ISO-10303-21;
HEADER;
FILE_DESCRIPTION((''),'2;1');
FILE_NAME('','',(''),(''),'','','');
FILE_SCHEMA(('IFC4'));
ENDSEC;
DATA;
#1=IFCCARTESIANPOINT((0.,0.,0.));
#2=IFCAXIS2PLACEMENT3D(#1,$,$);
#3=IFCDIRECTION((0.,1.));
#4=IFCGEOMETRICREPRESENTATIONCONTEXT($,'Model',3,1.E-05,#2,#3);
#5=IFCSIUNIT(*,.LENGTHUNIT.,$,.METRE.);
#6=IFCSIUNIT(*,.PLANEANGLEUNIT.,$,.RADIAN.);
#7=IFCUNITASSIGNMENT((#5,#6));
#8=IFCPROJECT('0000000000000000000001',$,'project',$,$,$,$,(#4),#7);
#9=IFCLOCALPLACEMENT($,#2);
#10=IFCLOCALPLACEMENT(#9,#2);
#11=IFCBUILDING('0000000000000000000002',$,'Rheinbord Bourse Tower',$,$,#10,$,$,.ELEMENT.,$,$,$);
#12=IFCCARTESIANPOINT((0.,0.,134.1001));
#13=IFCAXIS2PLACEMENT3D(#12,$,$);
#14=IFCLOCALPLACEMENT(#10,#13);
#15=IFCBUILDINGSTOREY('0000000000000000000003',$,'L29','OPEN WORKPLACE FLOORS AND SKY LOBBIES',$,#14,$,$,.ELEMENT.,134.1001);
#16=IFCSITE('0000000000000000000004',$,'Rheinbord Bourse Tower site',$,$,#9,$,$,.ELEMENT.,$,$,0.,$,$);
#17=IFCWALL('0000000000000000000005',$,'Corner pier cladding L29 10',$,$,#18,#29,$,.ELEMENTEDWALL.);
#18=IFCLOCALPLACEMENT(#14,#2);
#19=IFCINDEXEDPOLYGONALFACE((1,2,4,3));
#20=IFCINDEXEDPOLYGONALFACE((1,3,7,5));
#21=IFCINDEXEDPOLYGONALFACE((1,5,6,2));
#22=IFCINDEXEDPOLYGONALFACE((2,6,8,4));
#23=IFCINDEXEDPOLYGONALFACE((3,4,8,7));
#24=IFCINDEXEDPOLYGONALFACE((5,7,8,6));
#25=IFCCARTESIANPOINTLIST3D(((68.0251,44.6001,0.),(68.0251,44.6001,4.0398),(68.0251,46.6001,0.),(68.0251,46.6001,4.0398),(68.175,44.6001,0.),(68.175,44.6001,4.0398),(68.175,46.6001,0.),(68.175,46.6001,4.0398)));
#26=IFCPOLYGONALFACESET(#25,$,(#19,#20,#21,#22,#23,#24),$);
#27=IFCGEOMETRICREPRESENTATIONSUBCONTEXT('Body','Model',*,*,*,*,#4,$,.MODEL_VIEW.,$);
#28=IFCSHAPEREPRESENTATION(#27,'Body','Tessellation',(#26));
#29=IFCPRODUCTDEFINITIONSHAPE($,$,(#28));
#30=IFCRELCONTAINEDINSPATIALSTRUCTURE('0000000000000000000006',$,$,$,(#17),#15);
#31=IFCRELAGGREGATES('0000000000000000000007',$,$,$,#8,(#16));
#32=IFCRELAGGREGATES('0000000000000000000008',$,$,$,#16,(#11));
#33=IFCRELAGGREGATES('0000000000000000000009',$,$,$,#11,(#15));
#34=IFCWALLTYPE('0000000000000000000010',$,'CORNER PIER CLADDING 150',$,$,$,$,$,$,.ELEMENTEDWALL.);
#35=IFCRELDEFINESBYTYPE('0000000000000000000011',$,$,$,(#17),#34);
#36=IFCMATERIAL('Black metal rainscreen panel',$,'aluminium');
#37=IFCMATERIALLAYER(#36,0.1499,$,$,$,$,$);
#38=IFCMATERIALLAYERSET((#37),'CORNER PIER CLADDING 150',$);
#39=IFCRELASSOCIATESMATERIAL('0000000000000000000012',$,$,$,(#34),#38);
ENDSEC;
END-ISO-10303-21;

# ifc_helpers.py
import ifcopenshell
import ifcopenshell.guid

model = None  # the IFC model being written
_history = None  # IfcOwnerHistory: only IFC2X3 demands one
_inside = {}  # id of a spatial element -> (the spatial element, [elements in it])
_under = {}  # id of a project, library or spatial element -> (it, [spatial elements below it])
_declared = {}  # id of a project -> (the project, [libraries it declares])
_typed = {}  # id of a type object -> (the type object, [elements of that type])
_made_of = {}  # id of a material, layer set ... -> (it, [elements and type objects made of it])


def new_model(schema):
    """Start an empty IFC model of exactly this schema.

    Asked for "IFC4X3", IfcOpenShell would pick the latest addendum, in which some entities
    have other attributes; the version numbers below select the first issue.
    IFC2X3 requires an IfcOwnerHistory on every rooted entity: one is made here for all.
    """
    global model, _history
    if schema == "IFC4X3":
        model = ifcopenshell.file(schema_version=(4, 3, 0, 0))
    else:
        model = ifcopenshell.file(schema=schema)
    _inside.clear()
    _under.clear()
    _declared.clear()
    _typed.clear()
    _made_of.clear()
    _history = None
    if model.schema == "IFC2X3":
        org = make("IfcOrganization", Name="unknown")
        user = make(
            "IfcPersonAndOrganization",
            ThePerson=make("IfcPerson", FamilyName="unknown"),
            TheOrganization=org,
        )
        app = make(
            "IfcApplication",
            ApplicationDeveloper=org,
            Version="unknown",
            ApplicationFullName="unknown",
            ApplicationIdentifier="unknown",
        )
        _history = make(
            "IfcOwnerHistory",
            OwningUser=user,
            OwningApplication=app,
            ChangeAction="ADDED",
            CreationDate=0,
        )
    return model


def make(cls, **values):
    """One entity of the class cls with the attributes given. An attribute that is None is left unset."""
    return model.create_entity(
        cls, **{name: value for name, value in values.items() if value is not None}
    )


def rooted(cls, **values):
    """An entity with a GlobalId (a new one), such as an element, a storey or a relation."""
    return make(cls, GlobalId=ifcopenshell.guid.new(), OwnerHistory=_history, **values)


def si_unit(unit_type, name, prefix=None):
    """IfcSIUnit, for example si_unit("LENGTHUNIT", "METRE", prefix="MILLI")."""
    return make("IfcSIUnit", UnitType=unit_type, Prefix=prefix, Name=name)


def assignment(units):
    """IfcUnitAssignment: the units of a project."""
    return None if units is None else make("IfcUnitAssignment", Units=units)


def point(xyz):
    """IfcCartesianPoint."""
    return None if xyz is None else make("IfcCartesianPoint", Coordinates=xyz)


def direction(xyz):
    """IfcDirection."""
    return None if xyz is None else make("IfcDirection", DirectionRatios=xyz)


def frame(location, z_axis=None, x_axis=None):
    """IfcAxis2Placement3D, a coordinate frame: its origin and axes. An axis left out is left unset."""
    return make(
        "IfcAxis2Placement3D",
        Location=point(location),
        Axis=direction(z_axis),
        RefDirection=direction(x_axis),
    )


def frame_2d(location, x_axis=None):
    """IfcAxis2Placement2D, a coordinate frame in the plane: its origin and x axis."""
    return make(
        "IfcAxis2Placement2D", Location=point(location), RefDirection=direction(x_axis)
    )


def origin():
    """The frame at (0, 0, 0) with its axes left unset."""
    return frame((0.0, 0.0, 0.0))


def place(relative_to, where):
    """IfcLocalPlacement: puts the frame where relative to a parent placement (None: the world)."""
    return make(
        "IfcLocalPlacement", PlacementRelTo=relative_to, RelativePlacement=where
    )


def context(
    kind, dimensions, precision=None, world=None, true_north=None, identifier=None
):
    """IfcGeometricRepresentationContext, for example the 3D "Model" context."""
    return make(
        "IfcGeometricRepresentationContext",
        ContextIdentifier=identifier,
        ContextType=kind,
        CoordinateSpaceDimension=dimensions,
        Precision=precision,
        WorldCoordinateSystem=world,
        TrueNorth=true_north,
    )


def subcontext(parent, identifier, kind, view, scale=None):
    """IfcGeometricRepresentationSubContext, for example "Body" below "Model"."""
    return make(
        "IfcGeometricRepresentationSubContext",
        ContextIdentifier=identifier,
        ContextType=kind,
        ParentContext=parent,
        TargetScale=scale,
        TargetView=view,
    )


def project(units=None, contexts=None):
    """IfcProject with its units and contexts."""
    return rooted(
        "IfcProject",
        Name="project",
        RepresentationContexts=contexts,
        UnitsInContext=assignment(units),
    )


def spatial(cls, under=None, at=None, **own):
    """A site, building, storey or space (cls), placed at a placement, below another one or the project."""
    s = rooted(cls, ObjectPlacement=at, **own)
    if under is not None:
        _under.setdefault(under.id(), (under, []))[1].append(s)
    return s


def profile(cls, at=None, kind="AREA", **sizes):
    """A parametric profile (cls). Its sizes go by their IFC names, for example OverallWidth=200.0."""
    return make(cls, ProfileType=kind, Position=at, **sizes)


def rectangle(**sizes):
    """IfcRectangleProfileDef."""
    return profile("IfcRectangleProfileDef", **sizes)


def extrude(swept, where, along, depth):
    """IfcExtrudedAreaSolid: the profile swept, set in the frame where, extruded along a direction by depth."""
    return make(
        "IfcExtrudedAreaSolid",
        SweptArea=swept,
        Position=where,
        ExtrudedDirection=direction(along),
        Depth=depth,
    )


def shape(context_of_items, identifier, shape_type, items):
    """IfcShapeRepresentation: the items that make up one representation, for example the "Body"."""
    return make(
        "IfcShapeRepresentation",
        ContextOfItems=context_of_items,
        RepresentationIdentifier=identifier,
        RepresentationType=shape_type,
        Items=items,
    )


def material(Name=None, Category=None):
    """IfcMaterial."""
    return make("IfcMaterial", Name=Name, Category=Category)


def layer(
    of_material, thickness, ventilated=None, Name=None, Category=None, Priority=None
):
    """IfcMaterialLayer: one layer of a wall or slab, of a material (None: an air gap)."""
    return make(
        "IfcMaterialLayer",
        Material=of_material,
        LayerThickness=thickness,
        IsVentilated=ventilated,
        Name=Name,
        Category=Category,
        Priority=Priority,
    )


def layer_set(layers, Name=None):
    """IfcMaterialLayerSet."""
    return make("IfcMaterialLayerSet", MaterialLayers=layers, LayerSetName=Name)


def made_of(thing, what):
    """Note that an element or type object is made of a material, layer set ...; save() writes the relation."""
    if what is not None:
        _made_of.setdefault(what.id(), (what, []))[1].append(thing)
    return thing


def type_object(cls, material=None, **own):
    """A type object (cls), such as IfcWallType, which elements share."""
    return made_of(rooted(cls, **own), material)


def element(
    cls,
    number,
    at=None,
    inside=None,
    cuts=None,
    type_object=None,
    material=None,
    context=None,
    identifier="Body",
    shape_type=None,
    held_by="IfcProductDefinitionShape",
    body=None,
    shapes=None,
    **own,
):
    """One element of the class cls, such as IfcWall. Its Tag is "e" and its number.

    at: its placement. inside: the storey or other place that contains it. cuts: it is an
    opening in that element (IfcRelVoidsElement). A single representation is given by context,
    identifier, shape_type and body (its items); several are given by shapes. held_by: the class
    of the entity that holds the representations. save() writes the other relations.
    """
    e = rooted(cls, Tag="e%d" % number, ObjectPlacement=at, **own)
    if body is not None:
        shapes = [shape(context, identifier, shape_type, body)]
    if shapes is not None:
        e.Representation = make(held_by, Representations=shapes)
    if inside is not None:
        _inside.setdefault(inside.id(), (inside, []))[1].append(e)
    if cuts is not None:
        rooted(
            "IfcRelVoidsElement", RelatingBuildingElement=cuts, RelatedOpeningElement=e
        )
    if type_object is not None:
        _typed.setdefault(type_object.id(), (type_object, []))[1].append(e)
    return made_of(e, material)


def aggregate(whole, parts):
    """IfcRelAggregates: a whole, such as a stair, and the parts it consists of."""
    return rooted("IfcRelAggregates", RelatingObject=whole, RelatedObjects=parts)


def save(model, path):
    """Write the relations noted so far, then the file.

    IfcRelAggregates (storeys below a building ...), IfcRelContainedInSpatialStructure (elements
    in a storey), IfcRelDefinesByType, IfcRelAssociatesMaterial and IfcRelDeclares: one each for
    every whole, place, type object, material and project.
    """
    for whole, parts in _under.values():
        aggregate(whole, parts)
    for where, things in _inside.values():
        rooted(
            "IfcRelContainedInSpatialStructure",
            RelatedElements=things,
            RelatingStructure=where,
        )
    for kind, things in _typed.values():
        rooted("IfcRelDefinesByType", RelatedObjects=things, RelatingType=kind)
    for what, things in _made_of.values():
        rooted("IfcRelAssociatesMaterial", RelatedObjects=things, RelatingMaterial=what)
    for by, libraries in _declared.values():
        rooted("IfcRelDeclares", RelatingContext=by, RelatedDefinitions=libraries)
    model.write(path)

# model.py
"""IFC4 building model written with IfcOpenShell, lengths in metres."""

from ifc_helpers import new_model, si_unit, direction, frame, frame_2d, origin, place, context, subcontext, project, spatial, rectangle, extrude, material, layer, layer_set, type_object, element, save


model = new_model("IFC4")

# Units and contexts
model_context = context("Model", 3, precision=1e-05, world=origin(), true_north=direction((0.0, 1.0)))
body_context = subcontext(model_context, "Body", "Model", "MODEL_VIEW")
ifc_project = project(units=[si_unit("LENGTHUNIT", "METRE"), si_unit("PLANEANGLEUNIT", "RADIAN")], contexts=[model_context])

# Site, building, storey
site_placement = place(None, origin())
site = spatial("IfcSite", under=ifc_project, at=site_placement, Name="Rheinbord Bourse Tower site", CompositionType="ELEMENT", RefElevation=0.0)
building_placement = place(site_placement, origin())
building = spatial("IfcBuilding", under=site, at=building_placement, Name="Rheinbord Bourse Tower", CompositionType="ELEMENT")
storey_placement = place(building_placement, frame((0.0, 0.0, 134.1001)))
storey = spatial("IfcBuildingStorey", under=building, at=storey_placement, Name="L29", Description="OPEN WORKPLACE FLOORS AND SKY LOBBIES", CompositionType="ELEMENT", Elevation=134.1001)

# Wall
ifc_material_1 = material(Name="Black metal rainscreen panel", Category="aluminium")
ifc_layer_1 = layer(ifc_material_1, 0.1499)
ifc_layer_set_1 = layer_set([ifc_layer_1], Name="CORNER PIER CLADDING 150")
wall_type = type_object("IfcWallType", Name="CORNER PIER CLADDING 150", PredefinedType="ELEMENTEDWALL", material=ifc_layer_set_1)
wall_1_placement = place(storey_placement, frame((68.1001, 44.6001, 0.0), z_axis=(0.0, 0.0, 1.0), x_axis=(0.0, 1.0, 0.0)))
element("IfcWall", 1, at=wall_1_placement, inside=storey, type_object=wall_type, Name="Corner pier cladding L29 10", PredefinedType="ELEMENTEDWALL", context=body_context, shape_type="SweptSolid", body=[
    extrude(rectangle(XDim=2.0, YDim=0.1499, at=frame_2d((1.0, 0.0))), origin(), (0.0, 0.0, 1.0), 4.0398),
])

save(model, "model.ifc")
